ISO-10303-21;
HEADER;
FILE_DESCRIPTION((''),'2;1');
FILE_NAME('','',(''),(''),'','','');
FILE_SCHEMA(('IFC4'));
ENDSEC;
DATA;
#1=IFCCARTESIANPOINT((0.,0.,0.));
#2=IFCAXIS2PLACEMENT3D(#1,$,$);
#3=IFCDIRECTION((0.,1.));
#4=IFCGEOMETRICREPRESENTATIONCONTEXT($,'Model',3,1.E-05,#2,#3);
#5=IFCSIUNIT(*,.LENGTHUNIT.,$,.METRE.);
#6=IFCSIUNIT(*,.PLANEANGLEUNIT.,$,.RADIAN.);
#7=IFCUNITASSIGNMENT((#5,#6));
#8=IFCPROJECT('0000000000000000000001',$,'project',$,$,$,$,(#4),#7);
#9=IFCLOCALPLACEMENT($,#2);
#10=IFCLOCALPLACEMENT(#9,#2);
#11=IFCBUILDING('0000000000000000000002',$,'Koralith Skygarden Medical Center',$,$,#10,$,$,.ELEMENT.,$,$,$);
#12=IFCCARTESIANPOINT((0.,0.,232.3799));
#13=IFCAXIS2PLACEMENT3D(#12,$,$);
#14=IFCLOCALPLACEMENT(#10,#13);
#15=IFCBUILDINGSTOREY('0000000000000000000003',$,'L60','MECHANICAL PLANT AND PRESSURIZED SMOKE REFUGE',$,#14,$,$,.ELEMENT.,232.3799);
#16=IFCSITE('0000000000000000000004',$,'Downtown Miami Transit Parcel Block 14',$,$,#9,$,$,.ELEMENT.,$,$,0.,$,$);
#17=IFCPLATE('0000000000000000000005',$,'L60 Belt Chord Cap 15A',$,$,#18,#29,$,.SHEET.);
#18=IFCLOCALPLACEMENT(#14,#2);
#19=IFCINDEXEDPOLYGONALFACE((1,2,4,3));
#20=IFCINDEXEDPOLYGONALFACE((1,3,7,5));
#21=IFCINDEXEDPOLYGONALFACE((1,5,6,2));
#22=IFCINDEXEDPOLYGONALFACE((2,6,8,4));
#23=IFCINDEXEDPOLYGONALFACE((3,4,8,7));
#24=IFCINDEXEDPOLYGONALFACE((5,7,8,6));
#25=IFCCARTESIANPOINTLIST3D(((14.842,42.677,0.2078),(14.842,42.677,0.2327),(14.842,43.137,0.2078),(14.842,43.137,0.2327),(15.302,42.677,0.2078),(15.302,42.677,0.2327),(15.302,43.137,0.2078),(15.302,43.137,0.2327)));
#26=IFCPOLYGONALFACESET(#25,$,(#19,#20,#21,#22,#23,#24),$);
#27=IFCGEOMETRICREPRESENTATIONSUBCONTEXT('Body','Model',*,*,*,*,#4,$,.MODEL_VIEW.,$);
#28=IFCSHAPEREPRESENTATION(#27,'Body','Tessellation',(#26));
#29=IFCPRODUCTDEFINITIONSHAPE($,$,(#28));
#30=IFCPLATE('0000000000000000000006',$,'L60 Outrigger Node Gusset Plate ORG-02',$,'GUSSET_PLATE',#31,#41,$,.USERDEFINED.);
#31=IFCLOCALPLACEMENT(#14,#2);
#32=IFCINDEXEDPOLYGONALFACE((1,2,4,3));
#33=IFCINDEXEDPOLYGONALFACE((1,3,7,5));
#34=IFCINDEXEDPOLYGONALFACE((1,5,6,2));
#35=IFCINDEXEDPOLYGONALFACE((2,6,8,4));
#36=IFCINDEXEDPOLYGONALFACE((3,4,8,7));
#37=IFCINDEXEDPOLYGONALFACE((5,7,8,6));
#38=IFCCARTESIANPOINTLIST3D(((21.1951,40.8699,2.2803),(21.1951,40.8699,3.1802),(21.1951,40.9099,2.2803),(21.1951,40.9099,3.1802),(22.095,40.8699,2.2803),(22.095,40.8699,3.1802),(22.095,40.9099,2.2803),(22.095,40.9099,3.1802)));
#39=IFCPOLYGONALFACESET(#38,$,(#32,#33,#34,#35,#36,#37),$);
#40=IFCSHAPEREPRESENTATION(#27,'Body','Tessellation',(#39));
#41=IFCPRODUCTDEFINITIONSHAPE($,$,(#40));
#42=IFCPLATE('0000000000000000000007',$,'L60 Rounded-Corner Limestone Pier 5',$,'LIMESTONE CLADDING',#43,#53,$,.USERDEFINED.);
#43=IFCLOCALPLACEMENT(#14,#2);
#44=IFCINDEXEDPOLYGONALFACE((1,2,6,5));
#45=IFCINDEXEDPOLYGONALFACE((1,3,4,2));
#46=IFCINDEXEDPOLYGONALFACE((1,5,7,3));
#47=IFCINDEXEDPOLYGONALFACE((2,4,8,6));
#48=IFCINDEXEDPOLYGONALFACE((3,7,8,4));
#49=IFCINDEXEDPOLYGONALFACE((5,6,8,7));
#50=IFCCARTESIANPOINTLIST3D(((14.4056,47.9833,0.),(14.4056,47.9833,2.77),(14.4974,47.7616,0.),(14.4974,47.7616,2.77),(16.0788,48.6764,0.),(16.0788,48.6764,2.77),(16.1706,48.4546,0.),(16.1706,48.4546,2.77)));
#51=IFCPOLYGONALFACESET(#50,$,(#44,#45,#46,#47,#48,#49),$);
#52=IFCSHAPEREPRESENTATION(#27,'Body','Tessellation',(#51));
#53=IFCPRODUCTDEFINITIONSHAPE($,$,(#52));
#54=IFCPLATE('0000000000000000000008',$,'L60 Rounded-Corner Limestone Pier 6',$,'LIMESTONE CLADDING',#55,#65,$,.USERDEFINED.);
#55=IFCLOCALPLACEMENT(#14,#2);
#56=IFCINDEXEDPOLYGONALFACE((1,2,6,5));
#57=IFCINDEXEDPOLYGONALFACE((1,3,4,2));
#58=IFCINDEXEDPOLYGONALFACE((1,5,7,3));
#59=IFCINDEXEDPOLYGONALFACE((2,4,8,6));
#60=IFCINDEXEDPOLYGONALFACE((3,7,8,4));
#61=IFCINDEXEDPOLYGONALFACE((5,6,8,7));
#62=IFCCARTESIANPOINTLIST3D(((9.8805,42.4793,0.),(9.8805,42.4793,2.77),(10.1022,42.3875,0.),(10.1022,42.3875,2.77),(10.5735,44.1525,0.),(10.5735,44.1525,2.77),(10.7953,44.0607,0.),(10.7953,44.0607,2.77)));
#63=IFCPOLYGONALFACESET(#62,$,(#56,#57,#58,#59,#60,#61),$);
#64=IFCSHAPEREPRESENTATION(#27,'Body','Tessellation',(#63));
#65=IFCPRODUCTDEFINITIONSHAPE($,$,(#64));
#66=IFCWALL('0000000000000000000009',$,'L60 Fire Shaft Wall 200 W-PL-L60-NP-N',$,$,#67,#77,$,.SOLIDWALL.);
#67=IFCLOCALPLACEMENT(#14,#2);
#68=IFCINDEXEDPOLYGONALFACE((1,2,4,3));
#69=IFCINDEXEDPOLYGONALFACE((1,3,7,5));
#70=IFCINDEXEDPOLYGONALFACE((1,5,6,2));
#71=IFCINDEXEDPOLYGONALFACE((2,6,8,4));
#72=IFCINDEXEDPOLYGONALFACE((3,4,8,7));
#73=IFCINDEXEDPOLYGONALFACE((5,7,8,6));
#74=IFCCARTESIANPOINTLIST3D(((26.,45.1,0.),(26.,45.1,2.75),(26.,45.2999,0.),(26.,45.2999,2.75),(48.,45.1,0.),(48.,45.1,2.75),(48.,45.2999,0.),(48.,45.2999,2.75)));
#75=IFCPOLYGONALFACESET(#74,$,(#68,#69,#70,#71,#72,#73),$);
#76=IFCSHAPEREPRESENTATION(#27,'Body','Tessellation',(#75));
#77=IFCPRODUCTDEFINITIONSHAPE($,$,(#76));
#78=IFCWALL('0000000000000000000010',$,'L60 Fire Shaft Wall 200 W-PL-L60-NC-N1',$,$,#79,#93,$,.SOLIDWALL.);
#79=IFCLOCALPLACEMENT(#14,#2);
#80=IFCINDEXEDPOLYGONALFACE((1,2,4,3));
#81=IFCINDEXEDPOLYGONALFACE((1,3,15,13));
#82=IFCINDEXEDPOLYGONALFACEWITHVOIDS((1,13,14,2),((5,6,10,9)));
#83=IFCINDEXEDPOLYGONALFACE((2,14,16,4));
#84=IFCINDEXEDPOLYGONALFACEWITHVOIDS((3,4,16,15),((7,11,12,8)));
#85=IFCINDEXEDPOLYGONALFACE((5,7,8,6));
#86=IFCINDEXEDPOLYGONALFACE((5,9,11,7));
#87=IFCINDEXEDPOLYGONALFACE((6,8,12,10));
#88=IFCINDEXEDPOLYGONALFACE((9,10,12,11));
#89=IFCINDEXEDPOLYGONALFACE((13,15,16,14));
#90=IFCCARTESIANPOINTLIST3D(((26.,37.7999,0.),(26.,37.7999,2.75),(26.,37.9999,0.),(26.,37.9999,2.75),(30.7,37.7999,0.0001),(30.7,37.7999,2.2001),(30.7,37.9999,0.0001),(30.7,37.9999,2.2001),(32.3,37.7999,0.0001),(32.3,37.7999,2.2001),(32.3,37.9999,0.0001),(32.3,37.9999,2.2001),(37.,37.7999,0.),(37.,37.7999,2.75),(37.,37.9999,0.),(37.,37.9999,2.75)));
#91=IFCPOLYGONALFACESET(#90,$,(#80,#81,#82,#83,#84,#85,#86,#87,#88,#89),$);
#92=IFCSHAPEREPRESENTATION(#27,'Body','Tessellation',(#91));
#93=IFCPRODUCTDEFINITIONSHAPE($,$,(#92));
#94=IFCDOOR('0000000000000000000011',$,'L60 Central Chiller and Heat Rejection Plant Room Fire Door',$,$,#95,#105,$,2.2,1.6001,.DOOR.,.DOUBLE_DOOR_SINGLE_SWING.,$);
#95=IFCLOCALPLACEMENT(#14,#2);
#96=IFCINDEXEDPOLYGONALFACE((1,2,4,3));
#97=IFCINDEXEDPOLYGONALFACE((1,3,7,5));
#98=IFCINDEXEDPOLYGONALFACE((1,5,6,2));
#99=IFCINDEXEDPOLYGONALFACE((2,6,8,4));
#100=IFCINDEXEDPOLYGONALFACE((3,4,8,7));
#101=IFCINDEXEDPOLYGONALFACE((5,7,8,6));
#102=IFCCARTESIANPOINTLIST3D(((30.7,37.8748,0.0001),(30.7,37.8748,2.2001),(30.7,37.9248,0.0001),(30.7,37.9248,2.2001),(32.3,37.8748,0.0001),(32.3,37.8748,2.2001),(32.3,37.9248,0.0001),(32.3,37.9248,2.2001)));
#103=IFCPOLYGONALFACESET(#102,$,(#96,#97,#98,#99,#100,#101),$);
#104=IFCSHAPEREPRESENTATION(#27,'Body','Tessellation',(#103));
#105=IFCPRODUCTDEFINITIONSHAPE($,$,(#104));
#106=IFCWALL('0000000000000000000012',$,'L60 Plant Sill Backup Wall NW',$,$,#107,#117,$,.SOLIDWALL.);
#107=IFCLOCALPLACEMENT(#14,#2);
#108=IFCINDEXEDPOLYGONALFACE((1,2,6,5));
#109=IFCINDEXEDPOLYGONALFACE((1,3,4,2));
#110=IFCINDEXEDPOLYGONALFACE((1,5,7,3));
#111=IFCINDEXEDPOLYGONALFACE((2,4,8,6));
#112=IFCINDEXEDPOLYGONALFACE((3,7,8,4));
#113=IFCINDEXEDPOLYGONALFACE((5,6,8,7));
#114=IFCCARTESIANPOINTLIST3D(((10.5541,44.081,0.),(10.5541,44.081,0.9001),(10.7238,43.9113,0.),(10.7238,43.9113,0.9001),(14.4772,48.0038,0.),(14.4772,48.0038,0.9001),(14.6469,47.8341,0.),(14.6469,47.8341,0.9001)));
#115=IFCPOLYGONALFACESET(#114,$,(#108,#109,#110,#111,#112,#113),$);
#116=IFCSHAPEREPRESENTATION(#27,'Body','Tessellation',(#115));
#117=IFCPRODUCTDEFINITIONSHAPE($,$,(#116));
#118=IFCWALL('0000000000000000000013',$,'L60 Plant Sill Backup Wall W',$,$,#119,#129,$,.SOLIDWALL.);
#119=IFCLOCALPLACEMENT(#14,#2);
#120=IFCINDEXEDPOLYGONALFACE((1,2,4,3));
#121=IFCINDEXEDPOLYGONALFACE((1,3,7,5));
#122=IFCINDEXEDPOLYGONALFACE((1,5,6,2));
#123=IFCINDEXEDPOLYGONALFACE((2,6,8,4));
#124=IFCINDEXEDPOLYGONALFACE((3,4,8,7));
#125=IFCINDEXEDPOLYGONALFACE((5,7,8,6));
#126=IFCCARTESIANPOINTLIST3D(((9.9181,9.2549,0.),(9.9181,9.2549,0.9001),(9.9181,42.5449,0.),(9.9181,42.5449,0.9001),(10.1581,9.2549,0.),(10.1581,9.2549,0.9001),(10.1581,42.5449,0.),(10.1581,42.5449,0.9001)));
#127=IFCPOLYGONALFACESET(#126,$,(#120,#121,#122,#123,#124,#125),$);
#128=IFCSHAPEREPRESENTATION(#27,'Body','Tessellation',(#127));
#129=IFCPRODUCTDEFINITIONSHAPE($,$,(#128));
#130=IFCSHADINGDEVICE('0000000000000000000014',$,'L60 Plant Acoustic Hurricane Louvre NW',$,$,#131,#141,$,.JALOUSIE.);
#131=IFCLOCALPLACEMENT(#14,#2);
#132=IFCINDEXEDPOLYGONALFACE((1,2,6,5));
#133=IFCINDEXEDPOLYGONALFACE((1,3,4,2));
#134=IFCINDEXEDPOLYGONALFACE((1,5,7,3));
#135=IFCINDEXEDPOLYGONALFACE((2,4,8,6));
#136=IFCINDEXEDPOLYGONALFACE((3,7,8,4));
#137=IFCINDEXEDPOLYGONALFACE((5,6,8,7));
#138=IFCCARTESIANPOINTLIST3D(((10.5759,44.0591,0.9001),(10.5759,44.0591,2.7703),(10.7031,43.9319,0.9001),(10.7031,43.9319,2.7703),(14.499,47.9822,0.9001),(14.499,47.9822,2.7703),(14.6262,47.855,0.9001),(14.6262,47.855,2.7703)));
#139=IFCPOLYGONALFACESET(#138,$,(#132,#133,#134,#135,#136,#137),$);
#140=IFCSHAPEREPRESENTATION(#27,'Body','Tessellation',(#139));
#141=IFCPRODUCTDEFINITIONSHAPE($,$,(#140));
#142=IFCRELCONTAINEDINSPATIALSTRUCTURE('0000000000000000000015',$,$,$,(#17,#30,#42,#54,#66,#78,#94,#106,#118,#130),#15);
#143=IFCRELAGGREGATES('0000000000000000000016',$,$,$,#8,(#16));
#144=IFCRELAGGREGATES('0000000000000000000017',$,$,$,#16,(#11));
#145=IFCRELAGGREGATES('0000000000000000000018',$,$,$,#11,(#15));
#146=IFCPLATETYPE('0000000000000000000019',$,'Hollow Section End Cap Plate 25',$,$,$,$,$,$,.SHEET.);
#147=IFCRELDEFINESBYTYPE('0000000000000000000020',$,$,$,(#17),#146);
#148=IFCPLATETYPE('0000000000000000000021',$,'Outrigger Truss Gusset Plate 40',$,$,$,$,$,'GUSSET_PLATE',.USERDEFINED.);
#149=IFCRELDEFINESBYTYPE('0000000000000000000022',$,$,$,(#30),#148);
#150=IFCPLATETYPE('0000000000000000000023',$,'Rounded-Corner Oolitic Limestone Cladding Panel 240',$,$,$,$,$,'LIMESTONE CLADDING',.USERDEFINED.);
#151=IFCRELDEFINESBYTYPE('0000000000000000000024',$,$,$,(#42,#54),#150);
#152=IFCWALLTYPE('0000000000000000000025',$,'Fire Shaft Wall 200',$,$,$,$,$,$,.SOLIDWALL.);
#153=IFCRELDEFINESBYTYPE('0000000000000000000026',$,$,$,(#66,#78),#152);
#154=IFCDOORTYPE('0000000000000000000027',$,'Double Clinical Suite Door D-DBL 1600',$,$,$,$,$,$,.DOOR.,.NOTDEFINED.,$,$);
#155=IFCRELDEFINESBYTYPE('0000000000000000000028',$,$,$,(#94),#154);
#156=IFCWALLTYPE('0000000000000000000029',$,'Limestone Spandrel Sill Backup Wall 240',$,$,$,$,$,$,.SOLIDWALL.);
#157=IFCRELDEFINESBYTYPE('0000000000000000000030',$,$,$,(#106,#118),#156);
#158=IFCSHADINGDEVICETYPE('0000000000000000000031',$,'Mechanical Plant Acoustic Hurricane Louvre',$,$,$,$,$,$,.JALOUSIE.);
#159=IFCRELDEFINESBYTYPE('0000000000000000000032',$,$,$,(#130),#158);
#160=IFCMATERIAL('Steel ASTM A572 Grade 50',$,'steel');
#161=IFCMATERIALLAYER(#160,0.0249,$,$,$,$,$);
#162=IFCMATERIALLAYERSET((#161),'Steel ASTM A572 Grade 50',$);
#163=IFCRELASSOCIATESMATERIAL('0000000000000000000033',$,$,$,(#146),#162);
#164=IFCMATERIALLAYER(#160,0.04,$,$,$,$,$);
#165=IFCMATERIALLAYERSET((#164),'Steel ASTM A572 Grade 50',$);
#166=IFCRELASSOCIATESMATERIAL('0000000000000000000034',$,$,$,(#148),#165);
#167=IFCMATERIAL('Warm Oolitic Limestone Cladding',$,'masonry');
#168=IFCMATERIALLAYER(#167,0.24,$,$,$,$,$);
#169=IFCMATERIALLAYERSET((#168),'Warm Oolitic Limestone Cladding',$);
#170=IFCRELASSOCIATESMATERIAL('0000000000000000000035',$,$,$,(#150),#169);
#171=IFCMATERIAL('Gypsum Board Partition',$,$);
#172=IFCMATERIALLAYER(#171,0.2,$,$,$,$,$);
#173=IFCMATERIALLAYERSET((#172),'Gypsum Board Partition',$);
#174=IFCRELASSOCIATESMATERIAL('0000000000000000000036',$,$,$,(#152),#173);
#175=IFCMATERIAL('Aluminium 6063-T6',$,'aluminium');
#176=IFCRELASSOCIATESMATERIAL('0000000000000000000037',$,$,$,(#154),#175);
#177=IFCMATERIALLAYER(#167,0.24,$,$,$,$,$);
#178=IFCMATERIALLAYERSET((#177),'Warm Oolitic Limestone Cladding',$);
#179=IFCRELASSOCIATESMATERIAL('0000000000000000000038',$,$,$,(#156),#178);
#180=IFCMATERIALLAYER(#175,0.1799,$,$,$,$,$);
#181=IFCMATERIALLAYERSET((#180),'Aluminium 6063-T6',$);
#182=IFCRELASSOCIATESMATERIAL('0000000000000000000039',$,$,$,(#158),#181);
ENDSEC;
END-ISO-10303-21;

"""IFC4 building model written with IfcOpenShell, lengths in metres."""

from ifc_helpers import new_model, si_unit, direction, frame, frame_2d, origin, origin_2d, place, context, subcontext, project, spatial, rectangle, extrude, material, layer, layer_set, type_object, element, fill, save


model = new_model("IFC4")

# Units and contexts
model_context = context("Model", 3, precision=1e-05, world=origin(), true_north=direction((0.0, 1.0)))
body_context = subcontext(model_context, "Body", "Model", "MODEL_VIEW")
ifc_project = project(units=[si_unit("LENGTHUNIT", "METRE"), si_unit("PLANEANGLEUNIT", "RADIAN")], contexts=[model_context])

# Site, building, storey
site_placement = place(None, origin())
site = spatial("IfcSite", under=ifc_project, at=site_placement, Name="Downtown Miami Transit Parcel Block 14", CompositionType="ELEMENT", RefElevation=0.0)
building_placement = place(site_placement, origin())
building = spatial("IfcBuilding", under=site, at=building_placement, Name="Koralith Skygarden Medical Center", CompositionType="ELEMENT")
storey_placement = place(building_placement, frame((0.0, 0.0, 232.3799)))
storey = spatial("IfcBuildingStorey", under=building, at=storey_placement, Name="L60", Description="MECHANICAL PLANT AND PRESSURIZED SMOKE REFUGE", CompositionType="ELEMENT", Elevation=232.3799)

# Plates
ifc_material_1 = material(Name="Steel ASTM A572 Grade 50", Category="steel")
ifc_layer_1 = layer(ifc_material_1, 0.0249)
ifc_layer_set_1 = layer_set([ifc_layer_1], Name="Steel ASTM A572 Grade 50")
plate_type_1 = type_object("IfcPlateType", Name="Hollow Section End Cap Plate 25", PredefinedType="SHEET", material=ifc_layer_set_1)
for number, where, z_axis, x_axis, name in (
    (1, (15.072, 42.907, 0.2078), (0.0, 0.0, 1.0), (1.0, 0.0, 0.0), "L60 Belt Chord Cap 15A"),
):
    element("IfcPlate", number, at=place(storey_placement, frame(where, z_axis=z_axis, x_axis=x_axis)), inside=storey, type_object=plate_type_1, Name=name, PredefinedType="SHEET", context=body_context, shape_type="SweptSolid", body=[
        extrude(rectangle(XDim=0.46, YDim=0.46, at=origin_2d()), origin(), (0.0, 0.0, 1.0), 0.0249),
    ])
ifc_layer_2 = layer(ifc_material_1, 0.04)
ifc_layer_set_2 = layer_set([ifc_layer_2], Name="Steel ASTM A572 Grade 50")
plate_type_2 = type_object("IfcPlateType", Name="Outrigger Truss Gusset Plate 40", ElementType="GUSSET_PLATE", PredefinedType="USERDEFINED", material=ifc_layer_set_2)
plate_placement = place(storey_placement, frame((21.645, 40.8899, 2.2803), z_axis=(0.0, 0.0, 1.0), x_axis=(1.0, 0.0, 0.0)))
element("IfcPlate", 2, at=plate_placement, inside=storey, type_object=plate_type_2, Name="L60 Outrigger Node Gusset Plate ORG-02", ObjectType="GUSSET_PLATE", PredefinedType="USERDEFINED", context=body_context, shape_type="SweptSolid", body=[
    extrude(rectangle(XDim=0.8999, YDim=0.04, at=origin_2d()), origin(), (0.0, 0.0, 1.0), 0.8999),
])
ifc_material_2 = material(Name="Warm Oolitic Limestone Cladding", Category="masonry")
ifc_layer_3 = layer(ifc_material_2, 0.24)
ifc_layer_set_3 = layer_set([ifc_layer_3], Name="Warm Oolitic Limestone Cladding")
plate_type_3 = type_object("IfcPlateType", Name="Rounded-Corner Oolitic Limestone Cladding Panel 240", ElementType="LIMESTONE CLADDING", PredefinedType="USERDEFINED", material=ifc_layer_set_3)
for number, where, z_axis, x_axis, name in (
    (3, (15.2881, 48.219, 0.0), (0.0, 0.0, 1.0), (-0.923885, -0.382671, 0.0), "L60 Rounded-Corner Limestone Pier 5"),
    (4, (10.3379, 43.27, 0.0), (0.0, 0.0, 1.0), (-0.382671, -0.923885, 0.0), "L60 Rounded-Corner Limestone Pier 6"),
):
    element("IfcPlate", number, at=place(storey_placement, frame(where, z_axis=z_axis, x_axis=x_axis)), inside=storey, type_object=plate_type_3, Name=name, ObjectType="LIMESTONE CLADDING", PredefinedType="USERDEFINED", context=body_context, shape_type="SweptSolid", body=[
        extrude(rectangle(XDim=1.811, YDim=0.24, at=origin_2d()), origin(), (0.0, 0.0, 1.0), 2.77),
    ])

# Wall
ifc_material_3 = material(Name="Gypsum Board Partition")
ifc_layer_4 = layer(ifc_material_3, 0.2)
ifc_layer_set_4 = layer_set([ifc_layer_4], Name="Gypsum Board Partition")
wall_type_1 = type_object("IfcWallType", Name="Fire Shaft Wall 200", PredefinedType="SOLIDWALL", material=ifc_layer_set_4)
wall_1_placement = place(storey_placement, frame((26.0, 45.2, 0.0), z_axis=(0.0, 0.0, 1.0), x_axis=(1.0, 0.0, 0.0)))
element("IfcWall", 5, at=wall_1_placement, inside=storey, type_object=wall_type_1, Name="L60 Fire Shaft Wall 200 W-PL-L60-NP-N", PredefinedType="SOLIDWALL", context=body_context, shape_type="SweptSolid", body=[
    extrude(rectangle(XDim=22.0, YDim=0.2, at=frame_2d((11.0, 0.0))), origin(), (0.0, 0.0, 1.0), 2.75),
])

# Wall, opening, door
wall_2_placement = place(storey_placement, frame((26.0, 37.8999, 0.0), z_axis=(0.0, 0.0, 1.0), x_axis=(1.0, 0.0, 0.0)))
wall_2 = element("IfcWall", 6, at=wall_2_placement, inside=storey, type_object=wall_type_1, Name="L60 Fire Shaft Wall 200 W-PL-L60-NC-N1", PredefinedType="SOLIDWALL", context=body_context, shape_type="SweptSolid", body=[
    extrude(rectangle(XDim=11.0, YDim=0.2, at=frame_2d((5.5, 0.0))), origin(), (0.0, 0.0, 1.0), 2.75),
])
opening_placement = place(wall_2_placement, frame((4.7, 0.0, 0.0)))
opening = element("IfcOpeningElement", 7, at=opening_placement, cuts=wall_2, PredefinedType="OPENING", context=body_context, shape_type="SweptSolid", body=[
    extrude(rectangle(XDim=1.6001, YDim=2.2, at=frame_2d((0.8, 1.1001))), frame((0.0, 0.1099, 0.0), z_axis=(0.0, -1.0, 0.0), x_axis=(1.0, 0.0, 0.0)), (0.0, 0.0, 1.0), 0.22),
])
ifc_material_4 = material(Name="Aluminium 6063-T6", Category="aluminium")
door_type = type_object("IfcDoorType", Name="Double Clinical Suite Door D-DBL 1600", OperationType="NOTDEFINED", PredefinedType="DOOR", material=ifc_material_4)
door_placement = place(opening_placement, origin())
door = element("IfcDoor", 8, at=door_placement, inside=storey, type_object=door_type, Name="L60 Central Chiller and Heat Rejection Plant Room Fire Door", OperationType="DOUBLE_DOOR_SINGLE_SWING", OverallHeight=2.2, OverallWidth=1.6001, PredefinedType="DOOR", context=body_context, shape_type="SweptSolid", body=[
    extrude(rectangle(XDim=1.6001, YDim=2.2, at=frame_2d((0.8, 1.1001))), frame((0.0, 0.0249, 0.0), z_axis=(0.0, -1.0, 0.0), x_axis=(1.0, 0.0, 0.0)), (0.0, 0.0, 1.0), 0.05),
])
fill(opening, door)

# Walls
ifc_layer_5 = layer(ifc_material_2, 0.24)
ifc_layer_set_5 = layer_set([ifc_layer_5], Name="Warm Oolitic Limestone Cladding")
wall_type_2 = type_object("IfcWallType", Name="Limestone Spandrel Sill Backup Wall 240", PredefinedType="SOLIDWALL", material=ifc_layer_set_5)
wall_3_placement = place(storey_placement, frame((14.562, 47.9189, 0.0), z_axis=(0.0, 0.0, 1.0), x_axis=(-0.707129, -0.707085, 0.0)))
element("IfcWall", 9, at=wall_3_placement, inside=storey, type_object=wall_type_2, Name="L60 Plant Sill Backup Wall NW", PredefinedType="SOLIDWALL", context=body_context, shape_type="SweptSolid", body=[
    extrude(rectangle(XDim=5.5479, YDim=0.24, at=frame_2d((2.7739, 0.0))), origin(), (0.0, 0.0, 1.0), 0.9001),
])
wall_4_placement = place(storey_placement, frame((10.0381, 42.5449, 0.0), z_axis=(0.0, 0.0, 1.0), x_axis=(0.0, -1.0, 0.0)))
element("IfcWall", 10, at=wall_4_placement, inside=storey, type_object=wall_type_2, Name="L60 Plant Sill Backup Wall W", PredefinedType="SOLIDWALL", context=body_context, shape_type="SweptSolid", body=[
    extrude(rectangle(XDim=33.29, YDim=0.24, at=frame_2d((16.645, 0.0))), origin(), (0.0, 0.0, 1.0), 0.9001),
])

# Shading device
ifc_layer_6 = layer(ifc_material_4, 0.1799)
ifc_layer_set_6 = layer_set([ifc_layer_6], Name="Aluminium 6063-T6")
shading_device_type = type_object("IfcShadingDeviceType", Name="Mechanical Plant Acoustic Hurricane Louvre", PredefinedType="JALOUSIE", material=ifc_layer_set_6)
shading_device_placement = place(storey_placement, frame((12.6011, 45.957, 0.9001), z_axis=(0.0, 0.0, 1.0), x_axis=(-0.707107, -0.707107, 0.0)))
element("IfcShadingDevice", 11, at=shading_device_placement, inside=storey, type_object=shading_device_type, Name="L60 Plant Acoustic Hurricane Louvre NW", PredefinedType="JALOUSIE", context=body_context, shape_type="SweptSolid", body=[
    extrude(rectangle(XDim=5.5481, YDim=0.1799, at=origin_2d()), origin(), (0.0, 0.0, 1.0), 1.8701),
])

save(model, "model.ifc")
